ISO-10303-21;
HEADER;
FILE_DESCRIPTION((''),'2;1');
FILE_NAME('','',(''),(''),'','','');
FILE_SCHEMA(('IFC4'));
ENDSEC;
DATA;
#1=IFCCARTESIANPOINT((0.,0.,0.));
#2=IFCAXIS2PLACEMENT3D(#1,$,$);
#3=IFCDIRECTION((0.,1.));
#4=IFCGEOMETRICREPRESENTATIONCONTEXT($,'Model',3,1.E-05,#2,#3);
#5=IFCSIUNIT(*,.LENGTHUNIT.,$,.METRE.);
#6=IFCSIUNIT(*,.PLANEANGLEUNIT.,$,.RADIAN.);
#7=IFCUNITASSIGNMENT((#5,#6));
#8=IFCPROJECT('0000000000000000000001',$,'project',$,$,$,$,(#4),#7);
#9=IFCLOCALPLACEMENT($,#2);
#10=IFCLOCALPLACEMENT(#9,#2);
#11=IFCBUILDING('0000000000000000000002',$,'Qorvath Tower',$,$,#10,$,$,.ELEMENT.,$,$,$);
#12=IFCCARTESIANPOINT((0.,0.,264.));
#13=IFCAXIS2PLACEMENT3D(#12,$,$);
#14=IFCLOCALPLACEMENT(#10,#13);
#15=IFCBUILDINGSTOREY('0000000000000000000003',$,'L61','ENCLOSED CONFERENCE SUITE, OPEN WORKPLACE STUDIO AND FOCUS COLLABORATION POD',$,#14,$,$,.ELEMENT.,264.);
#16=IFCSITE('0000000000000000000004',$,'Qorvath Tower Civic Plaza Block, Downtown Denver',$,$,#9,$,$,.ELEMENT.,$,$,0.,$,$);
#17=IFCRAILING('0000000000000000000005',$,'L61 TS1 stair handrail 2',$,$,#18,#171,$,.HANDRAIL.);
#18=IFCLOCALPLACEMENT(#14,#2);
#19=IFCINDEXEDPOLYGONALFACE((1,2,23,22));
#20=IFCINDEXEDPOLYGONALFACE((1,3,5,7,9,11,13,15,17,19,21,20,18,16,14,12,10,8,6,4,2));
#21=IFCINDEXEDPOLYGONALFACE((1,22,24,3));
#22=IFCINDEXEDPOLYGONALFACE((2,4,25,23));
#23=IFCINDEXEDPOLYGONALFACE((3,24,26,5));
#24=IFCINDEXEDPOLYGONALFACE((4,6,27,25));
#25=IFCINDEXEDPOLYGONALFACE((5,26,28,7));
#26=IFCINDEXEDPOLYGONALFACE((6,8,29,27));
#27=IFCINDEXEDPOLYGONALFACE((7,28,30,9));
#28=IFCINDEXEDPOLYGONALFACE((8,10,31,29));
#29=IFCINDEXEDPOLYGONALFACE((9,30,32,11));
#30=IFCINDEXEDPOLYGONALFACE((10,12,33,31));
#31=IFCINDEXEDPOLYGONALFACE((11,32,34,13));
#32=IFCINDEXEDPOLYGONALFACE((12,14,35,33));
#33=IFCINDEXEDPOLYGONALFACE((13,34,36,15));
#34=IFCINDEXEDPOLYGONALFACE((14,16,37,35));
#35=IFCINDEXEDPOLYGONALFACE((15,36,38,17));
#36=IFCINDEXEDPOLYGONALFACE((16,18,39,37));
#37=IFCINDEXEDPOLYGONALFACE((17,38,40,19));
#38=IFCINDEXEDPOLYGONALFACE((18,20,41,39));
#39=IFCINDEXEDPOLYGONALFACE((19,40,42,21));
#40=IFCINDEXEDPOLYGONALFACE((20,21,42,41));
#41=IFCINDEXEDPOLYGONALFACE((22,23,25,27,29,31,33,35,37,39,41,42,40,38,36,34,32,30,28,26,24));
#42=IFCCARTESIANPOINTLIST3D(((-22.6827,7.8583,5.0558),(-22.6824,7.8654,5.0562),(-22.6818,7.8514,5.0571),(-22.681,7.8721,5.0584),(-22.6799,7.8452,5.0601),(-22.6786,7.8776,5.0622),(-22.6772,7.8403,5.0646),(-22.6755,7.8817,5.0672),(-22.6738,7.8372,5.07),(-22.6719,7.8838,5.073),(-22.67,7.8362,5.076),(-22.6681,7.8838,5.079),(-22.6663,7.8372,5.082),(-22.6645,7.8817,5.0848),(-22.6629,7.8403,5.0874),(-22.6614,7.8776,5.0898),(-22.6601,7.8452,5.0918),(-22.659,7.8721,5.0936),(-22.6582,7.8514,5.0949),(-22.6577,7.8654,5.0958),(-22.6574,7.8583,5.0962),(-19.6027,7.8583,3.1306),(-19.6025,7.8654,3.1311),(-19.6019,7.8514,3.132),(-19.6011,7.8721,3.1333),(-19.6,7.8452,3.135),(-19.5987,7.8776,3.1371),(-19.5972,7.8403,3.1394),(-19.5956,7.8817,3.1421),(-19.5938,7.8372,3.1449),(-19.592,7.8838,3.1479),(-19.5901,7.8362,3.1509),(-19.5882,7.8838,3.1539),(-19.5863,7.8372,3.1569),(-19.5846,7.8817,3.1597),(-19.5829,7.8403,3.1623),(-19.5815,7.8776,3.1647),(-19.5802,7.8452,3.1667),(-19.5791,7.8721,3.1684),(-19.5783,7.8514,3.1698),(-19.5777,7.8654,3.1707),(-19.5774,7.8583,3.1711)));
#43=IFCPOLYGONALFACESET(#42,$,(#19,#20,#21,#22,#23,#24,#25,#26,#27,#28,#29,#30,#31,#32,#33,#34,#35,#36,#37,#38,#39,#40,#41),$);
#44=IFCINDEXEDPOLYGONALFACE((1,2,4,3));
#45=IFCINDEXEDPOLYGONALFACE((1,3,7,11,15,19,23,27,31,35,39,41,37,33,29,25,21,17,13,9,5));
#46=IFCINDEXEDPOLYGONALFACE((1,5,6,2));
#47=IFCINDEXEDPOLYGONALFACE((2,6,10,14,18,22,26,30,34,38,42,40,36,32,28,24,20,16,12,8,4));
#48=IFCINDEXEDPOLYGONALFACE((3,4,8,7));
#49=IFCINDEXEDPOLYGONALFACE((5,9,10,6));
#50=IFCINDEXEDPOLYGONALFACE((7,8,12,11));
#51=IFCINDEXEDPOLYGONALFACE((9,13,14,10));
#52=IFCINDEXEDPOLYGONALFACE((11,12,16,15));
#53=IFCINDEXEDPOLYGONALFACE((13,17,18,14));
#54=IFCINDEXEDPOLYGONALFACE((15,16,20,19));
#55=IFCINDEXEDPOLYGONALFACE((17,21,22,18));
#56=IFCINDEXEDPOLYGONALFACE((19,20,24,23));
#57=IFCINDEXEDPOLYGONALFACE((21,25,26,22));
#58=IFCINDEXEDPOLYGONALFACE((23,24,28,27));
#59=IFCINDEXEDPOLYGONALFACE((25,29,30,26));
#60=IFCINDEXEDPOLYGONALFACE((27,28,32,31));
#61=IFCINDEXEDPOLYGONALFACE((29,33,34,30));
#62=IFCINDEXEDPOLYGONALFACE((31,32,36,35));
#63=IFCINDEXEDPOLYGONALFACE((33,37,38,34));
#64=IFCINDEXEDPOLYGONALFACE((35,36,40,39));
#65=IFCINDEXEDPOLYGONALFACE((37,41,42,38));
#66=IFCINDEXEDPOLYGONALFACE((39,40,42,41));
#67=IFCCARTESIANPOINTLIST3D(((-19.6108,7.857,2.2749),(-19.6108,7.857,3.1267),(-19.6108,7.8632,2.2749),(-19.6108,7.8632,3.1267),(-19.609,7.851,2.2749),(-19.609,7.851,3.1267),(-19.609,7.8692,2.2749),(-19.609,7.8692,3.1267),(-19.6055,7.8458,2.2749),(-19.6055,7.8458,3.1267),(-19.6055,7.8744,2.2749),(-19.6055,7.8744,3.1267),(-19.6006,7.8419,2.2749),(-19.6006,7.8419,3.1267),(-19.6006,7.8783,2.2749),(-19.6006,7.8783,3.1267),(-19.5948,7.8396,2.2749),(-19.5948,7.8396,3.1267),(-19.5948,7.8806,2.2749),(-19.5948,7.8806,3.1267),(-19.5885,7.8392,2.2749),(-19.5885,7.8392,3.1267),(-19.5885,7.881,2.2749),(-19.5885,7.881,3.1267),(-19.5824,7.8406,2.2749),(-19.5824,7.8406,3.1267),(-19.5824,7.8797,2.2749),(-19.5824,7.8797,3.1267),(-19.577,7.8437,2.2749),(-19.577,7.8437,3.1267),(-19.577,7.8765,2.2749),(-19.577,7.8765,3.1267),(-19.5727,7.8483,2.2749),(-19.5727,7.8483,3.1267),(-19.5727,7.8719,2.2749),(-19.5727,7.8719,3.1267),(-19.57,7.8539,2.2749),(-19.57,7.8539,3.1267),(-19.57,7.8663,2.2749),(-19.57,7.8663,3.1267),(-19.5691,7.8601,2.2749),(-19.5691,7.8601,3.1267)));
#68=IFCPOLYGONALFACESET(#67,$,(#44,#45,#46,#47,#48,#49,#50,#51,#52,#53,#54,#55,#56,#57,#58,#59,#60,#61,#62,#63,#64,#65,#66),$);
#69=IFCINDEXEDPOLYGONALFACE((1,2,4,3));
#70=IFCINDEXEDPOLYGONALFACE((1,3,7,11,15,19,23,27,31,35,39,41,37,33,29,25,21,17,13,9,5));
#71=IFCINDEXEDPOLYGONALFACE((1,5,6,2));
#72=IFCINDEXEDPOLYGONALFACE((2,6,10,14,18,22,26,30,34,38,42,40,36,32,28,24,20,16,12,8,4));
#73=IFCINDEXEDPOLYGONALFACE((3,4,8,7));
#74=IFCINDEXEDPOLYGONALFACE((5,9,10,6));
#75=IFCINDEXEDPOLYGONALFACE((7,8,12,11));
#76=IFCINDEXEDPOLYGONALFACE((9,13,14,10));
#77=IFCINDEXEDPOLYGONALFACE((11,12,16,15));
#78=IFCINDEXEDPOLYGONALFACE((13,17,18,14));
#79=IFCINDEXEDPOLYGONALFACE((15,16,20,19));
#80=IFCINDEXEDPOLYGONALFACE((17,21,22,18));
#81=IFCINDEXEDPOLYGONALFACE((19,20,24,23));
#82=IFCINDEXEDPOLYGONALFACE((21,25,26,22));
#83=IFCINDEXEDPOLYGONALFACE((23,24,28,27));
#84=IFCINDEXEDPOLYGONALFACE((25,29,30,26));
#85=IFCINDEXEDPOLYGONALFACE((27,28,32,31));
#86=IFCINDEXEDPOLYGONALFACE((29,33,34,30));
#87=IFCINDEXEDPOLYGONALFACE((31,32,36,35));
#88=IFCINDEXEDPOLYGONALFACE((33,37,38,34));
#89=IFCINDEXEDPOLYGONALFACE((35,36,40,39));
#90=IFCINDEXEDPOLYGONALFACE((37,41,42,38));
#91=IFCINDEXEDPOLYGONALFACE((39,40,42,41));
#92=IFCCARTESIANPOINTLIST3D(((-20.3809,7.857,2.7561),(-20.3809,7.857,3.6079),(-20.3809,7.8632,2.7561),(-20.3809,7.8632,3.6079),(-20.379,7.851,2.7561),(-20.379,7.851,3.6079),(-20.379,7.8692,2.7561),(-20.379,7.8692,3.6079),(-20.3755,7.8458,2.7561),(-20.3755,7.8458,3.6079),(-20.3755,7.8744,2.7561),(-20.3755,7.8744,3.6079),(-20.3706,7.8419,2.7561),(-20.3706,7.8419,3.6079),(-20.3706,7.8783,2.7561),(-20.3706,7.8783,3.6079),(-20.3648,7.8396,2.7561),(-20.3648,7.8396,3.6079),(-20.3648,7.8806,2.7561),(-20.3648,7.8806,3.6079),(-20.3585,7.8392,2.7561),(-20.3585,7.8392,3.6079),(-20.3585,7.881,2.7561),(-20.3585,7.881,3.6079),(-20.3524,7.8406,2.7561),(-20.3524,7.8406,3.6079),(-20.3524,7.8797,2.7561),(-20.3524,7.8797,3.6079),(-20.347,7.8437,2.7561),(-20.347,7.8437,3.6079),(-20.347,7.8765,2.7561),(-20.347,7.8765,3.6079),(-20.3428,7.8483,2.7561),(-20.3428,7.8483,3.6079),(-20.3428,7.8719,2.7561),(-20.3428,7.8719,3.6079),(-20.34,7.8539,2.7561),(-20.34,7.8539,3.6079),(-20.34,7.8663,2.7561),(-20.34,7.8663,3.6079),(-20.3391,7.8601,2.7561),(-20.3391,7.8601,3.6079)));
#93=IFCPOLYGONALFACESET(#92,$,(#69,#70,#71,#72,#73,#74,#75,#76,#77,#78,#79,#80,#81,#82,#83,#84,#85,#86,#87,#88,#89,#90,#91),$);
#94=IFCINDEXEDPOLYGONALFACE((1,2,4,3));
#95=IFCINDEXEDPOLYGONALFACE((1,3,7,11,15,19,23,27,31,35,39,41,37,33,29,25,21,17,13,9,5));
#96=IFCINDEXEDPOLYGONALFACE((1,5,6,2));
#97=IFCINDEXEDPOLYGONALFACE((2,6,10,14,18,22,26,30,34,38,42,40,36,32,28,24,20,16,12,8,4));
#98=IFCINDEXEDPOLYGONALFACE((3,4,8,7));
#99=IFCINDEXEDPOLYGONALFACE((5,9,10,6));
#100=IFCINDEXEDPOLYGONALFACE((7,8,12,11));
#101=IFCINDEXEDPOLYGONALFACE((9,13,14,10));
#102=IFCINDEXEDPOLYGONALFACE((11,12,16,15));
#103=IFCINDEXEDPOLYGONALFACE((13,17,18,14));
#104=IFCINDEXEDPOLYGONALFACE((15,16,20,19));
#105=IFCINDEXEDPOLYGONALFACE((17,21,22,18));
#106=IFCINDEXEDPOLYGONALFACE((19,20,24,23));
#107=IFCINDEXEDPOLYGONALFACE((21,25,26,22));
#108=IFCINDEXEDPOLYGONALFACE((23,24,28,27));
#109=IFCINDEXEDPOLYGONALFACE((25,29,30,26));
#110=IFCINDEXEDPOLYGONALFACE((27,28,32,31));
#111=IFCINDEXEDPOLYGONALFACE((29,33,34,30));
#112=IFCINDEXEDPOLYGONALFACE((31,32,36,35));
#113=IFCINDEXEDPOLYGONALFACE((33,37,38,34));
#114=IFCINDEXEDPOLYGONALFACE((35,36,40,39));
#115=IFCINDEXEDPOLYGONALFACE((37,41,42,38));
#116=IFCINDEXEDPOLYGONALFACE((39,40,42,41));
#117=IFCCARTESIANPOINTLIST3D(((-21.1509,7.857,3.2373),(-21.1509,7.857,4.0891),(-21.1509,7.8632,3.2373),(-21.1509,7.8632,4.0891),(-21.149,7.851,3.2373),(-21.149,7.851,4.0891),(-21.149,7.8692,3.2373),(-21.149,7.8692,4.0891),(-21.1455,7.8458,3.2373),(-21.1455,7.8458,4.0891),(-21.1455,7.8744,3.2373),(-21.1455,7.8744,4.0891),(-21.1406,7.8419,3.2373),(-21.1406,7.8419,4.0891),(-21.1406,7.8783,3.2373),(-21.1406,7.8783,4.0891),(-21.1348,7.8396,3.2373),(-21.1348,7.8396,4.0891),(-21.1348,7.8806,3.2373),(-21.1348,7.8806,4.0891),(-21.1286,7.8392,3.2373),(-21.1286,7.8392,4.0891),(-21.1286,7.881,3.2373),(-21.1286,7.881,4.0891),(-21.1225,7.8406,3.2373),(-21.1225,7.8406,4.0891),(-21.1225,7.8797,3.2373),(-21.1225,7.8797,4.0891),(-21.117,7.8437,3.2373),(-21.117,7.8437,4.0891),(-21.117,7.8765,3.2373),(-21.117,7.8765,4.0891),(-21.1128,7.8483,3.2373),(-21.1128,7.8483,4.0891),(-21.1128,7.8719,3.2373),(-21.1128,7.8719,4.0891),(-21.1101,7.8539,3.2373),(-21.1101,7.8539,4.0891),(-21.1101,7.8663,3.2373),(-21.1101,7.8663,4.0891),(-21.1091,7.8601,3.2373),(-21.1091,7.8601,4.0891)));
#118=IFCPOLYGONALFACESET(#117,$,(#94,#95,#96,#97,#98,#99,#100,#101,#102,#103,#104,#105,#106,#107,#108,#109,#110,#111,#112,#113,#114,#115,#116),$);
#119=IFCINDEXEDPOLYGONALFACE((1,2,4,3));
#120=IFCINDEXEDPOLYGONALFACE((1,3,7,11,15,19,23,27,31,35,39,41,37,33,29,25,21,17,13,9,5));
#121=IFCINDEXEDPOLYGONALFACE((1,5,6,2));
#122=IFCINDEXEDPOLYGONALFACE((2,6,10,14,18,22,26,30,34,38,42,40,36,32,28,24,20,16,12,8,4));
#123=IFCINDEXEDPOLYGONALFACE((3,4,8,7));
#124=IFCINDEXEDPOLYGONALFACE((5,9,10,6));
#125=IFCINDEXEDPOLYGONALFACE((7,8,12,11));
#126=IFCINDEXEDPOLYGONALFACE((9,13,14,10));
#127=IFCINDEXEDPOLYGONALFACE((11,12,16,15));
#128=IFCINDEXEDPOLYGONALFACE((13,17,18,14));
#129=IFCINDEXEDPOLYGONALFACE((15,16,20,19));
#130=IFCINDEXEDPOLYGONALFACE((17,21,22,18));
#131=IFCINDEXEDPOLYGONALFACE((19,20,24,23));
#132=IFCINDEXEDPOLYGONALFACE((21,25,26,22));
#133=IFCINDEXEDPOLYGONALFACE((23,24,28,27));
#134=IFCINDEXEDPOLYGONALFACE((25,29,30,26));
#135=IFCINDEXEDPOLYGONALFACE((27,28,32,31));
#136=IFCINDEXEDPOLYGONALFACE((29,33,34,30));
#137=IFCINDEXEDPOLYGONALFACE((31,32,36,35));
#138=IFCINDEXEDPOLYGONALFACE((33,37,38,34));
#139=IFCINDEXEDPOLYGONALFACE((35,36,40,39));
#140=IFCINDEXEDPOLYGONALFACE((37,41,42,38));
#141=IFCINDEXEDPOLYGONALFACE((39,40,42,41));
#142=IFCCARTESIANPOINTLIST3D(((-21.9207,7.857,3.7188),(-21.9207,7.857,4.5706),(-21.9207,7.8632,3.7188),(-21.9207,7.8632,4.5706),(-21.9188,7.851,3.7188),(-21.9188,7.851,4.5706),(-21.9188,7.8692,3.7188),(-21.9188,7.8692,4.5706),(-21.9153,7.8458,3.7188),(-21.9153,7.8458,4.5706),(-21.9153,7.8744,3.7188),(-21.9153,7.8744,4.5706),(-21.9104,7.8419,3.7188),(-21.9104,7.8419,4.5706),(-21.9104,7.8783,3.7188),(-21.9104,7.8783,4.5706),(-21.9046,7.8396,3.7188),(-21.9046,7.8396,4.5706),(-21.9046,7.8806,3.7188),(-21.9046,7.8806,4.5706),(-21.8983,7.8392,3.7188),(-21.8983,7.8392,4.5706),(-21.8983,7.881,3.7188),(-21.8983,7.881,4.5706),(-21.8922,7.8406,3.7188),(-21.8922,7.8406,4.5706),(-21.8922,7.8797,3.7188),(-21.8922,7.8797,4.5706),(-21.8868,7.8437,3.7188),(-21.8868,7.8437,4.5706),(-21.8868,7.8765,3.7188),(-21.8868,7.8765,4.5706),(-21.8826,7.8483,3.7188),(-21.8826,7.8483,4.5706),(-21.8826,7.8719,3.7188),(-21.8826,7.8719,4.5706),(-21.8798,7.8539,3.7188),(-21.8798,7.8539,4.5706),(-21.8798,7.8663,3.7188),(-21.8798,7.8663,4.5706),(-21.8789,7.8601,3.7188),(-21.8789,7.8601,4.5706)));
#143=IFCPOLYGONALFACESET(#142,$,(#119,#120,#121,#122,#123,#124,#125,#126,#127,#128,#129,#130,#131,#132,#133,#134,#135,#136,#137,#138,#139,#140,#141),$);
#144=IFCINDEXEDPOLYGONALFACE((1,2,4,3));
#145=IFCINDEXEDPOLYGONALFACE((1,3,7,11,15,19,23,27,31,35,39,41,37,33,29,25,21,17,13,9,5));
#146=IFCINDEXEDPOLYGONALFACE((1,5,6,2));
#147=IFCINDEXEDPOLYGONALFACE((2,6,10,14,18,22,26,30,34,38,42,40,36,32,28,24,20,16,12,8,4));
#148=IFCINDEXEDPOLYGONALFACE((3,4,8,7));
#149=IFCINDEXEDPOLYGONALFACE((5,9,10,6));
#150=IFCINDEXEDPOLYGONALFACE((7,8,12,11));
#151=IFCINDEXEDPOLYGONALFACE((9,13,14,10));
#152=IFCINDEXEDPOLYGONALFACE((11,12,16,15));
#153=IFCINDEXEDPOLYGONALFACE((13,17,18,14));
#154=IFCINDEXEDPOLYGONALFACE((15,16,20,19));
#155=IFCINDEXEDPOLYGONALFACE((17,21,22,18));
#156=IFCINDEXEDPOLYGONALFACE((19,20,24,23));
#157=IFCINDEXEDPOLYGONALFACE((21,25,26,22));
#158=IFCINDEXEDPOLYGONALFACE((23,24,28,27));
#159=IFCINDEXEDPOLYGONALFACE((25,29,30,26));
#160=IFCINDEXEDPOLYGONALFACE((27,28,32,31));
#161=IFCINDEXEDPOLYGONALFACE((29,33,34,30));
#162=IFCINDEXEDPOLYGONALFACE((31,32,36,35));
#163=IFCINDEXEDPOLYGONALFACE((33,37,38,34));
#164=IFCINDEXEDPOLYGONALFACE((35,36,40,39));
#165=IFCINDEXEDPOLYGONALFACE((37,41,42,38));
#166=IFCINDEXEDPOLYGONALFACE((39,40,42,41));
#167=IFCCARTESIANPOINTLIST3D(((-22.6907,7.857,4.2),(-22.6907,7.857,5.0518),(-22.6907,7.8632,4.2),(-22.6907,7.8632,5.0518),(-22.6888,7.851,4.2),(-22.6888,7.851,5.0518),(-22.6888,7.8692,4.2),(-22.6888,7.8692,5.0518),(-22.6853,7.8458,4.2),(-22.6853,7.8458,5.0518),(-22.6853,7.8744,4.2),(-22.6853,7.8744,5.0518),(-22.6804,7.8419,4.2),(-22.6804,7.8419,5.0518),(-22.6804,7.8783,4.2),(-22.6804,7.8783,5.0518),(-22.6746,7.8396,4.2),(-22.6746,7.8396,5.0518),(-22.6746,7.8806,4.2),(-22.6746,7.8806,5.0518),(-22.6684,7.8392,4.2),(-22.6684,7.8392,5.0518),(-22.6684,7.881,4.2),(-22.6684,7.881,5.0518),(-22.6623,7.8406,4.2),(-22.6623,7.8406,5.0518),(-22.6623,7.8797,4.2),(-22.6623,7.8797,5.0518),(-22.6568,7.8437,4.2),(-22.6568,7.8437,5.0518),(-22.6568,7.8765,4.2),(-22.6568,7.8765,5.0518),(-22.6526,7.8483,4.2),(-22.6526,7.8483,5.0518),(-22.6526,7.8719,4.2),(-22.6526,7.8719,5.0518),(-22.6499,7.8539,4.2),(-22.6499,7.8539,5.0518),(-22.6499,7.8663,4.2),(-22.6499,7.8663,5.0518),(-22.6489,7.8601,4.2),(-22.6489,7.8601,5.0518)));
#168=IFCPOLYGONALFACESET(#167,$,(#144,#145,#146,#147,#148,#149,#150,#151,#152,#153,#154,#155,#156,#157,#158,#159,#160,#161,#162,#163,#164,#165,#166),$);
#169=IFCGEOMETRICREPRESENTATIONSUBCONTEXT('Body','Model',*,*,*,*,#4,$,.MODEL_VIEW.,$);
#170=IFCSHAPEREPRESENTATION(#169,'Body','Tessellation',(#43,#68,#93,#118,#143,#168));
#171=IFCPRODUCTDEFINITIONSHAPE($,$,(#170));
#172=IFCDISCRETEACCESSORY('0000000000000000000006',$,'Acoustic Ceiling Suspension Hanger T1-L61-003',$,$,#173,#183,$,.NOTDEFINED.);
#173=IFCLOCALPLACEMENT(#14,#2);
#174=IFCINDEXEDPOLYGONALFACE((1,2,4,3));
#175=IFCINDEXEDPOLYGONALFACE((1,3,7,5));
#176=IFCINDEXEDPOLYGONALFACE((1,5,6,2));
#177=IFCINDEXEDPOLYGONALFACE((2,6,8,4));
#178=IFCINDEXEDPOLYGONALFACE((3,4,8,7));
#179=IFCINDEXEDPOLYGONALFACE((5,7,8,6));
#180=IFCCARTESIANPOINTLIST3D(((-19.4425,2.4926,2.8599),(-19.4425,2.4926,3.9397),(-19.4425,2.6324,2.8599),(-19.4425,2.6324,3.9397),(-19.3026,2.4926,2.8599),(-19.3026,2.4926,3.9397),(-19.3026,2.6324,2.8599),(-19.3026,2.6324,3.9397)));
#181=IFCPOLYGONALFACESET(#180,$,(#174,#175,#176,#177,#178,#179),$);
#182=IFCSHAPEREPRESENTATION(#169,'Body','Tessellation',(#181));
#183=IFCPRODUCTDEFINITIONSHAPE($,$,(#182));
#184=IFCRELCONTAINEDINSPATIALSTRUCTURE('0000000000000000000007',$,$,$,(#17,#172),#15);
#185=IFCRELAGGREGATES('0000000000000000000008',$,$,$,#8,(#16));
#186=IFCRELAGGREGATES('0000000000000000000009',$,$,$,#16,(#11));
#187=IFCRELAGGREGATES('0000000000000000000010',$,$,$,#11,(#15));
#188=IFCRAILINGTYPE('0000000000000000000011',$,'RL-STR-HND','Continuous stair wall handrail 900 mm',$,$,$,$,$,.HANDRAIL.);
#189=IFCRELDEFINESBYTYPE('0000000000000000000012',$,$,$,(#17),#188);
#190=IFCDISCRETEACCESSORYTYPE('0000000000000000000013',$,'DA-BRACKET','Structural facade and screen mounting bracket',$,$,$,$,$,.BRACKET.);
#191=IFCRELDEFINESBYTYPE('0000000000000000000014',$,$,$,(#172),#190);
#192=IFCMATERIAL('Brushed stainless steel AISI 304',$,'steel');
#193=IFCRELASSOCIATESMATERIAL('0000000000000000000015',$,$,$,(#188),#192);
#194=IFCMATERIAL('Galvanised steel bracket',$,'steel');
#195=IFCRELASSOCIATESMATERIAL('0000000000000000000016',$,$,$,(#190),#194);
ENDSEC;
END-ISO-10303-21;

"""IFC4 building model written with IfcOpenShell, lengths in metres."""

from ifc_helpers import new_model, si_unit, direction, frame, origin, origin_2d, place, context, subcontext, project, spatial, rectangle, circle, extrude, material, type_object, element, save


model = new_model("IFC4")

# Units and contexts
model_context = context("Model", 3, precision=1e-05, world=origin(), true_north=direction((0.0, 1.0)))
body_context = subcontext(model_context, "Body", "Model", "MODEL_VIEW")
ifc_project = project(units=[si_unit("LENGTHUNIT", "METRE"), si_unit("PLANEANGLEUNIT", "RADIAN")], contexts=[model_context])

# Site, building, storey
site_placement = place(None, origin())
site = spatial("IfcSite", under=ifc_project, at=site_placement, Name="Qorvath Tower Civic Plaza Block, Downtown Denver", CompositionType="ELEMENT", RefElevation=0.0)
building_placement = place(site_placement, origin())
building = spatial("IfcBuilding", under=site, at=building_placement, Name="Qorvath Tower", CompositionType="ELEMENT")
storey_placement = place(building_placement, frame((0.0, 0.0, 264.0)))
storey = spatial("IfcBuildingStorey", under=building, at=storey_placement, Name="L61", Description="ENCLOSED CONFERENCE SUITE, OPEN WORKPLACE STUDIO AND FOCUS COLLABORATION POD", CompositionType="ELEMENT", Elevation=264.0)

# Railing
ifc_material_1 = material(Name="Brushed stainless steel AISI 304", Category="steel")
railing_type_1 = type_object("IfcRailingType", Name="RL-STR-HND", Description="Continuous stair wall handrail 900 mm", PredefinedType="HANDRAIL", material=ifc_material_1)
railing_1_placement = place(storey_placement, frame((-19.5901, 7.8601, 2.2749)))
element("IfcRailing", 1, at=railing_1_placement, inside=storey, type_object=railing_type_1, Name="L61 TS1 stair handrail 2", PredefinedType="HANDRAIL", context=body_context, shape_type="SweptSolid", body=[
    extrude(circle(Radius=0.0239, at=origin_2d()), frame((0.0, 0.0, 0.876), z_axis=(-0.847979, 0.0, 0.530029), x_axis=(0.0, -1.0, 0.0)), (0.0, 0.0, 1.0), 3.6321),
    extrude(circle(Radius=0.021, at=origin_2d()), origin(), (0.0, 0.0, 1.0), 0.8518),
    extrude(circle(Radius=0.021, at=origin_2d()), frame((-0.77, 0.0, 0.4812)), (0.0, 0.0, 1.0), 0.8518),
    extrude(circle(Radius=0.021, at=origin_2d()), frame((-1.54, 0.0, 0.9624)), (0.0, 0.0, 1.0), 0.8518),
    extrude(circle(Radius=0.021, at=origin_2d()), frame((-2.3098, 0.0, 1.4438)), (0.0, 0.0, 1.0), 0.8518),
    extrude(circle(Radius=0.021, at=origin_2d()), frame((-3.0798, 0.0, 1.925)), (0.0, 0.0, 1.0), 0.8518),
])

# Discrete accessory
ifc_material_2 = material(Name="Galvanised steel bracket", Category="steel")
discrete_accessory_type = type_object("IfcDiscreteAccessoryType", Name="DA-BRACKET", Description="Structural facade and screen mounting bracket", PredefinedType="BRACKET", material=ifc_material_2)
discrete_accessory_placement = place(storey_placement, frame((-19.3726, 2.5625, 2.8599), z_axis=(0.0, 0.0, 1.0), x_axis=(1.0, 0.0, 0.0)))
element("IfcDiscreteAccessory", 2, at=discrete_accessory_placement, inside=storey, type_object=discrete_accessory_type, Name="Acoustic Ceiling Suspension Hanger T1-L61-003", PredefinedType="NOTDEFINED", context=body_context, shape_type="SweptSolid", body=[
    extrude(rectangle(XDim=0.1399, YDim=0.1399, at=origin_2d()), origin(), (0.0, 0.0, 1.0), 1.0798),
])

save(model, "model.ifc")
